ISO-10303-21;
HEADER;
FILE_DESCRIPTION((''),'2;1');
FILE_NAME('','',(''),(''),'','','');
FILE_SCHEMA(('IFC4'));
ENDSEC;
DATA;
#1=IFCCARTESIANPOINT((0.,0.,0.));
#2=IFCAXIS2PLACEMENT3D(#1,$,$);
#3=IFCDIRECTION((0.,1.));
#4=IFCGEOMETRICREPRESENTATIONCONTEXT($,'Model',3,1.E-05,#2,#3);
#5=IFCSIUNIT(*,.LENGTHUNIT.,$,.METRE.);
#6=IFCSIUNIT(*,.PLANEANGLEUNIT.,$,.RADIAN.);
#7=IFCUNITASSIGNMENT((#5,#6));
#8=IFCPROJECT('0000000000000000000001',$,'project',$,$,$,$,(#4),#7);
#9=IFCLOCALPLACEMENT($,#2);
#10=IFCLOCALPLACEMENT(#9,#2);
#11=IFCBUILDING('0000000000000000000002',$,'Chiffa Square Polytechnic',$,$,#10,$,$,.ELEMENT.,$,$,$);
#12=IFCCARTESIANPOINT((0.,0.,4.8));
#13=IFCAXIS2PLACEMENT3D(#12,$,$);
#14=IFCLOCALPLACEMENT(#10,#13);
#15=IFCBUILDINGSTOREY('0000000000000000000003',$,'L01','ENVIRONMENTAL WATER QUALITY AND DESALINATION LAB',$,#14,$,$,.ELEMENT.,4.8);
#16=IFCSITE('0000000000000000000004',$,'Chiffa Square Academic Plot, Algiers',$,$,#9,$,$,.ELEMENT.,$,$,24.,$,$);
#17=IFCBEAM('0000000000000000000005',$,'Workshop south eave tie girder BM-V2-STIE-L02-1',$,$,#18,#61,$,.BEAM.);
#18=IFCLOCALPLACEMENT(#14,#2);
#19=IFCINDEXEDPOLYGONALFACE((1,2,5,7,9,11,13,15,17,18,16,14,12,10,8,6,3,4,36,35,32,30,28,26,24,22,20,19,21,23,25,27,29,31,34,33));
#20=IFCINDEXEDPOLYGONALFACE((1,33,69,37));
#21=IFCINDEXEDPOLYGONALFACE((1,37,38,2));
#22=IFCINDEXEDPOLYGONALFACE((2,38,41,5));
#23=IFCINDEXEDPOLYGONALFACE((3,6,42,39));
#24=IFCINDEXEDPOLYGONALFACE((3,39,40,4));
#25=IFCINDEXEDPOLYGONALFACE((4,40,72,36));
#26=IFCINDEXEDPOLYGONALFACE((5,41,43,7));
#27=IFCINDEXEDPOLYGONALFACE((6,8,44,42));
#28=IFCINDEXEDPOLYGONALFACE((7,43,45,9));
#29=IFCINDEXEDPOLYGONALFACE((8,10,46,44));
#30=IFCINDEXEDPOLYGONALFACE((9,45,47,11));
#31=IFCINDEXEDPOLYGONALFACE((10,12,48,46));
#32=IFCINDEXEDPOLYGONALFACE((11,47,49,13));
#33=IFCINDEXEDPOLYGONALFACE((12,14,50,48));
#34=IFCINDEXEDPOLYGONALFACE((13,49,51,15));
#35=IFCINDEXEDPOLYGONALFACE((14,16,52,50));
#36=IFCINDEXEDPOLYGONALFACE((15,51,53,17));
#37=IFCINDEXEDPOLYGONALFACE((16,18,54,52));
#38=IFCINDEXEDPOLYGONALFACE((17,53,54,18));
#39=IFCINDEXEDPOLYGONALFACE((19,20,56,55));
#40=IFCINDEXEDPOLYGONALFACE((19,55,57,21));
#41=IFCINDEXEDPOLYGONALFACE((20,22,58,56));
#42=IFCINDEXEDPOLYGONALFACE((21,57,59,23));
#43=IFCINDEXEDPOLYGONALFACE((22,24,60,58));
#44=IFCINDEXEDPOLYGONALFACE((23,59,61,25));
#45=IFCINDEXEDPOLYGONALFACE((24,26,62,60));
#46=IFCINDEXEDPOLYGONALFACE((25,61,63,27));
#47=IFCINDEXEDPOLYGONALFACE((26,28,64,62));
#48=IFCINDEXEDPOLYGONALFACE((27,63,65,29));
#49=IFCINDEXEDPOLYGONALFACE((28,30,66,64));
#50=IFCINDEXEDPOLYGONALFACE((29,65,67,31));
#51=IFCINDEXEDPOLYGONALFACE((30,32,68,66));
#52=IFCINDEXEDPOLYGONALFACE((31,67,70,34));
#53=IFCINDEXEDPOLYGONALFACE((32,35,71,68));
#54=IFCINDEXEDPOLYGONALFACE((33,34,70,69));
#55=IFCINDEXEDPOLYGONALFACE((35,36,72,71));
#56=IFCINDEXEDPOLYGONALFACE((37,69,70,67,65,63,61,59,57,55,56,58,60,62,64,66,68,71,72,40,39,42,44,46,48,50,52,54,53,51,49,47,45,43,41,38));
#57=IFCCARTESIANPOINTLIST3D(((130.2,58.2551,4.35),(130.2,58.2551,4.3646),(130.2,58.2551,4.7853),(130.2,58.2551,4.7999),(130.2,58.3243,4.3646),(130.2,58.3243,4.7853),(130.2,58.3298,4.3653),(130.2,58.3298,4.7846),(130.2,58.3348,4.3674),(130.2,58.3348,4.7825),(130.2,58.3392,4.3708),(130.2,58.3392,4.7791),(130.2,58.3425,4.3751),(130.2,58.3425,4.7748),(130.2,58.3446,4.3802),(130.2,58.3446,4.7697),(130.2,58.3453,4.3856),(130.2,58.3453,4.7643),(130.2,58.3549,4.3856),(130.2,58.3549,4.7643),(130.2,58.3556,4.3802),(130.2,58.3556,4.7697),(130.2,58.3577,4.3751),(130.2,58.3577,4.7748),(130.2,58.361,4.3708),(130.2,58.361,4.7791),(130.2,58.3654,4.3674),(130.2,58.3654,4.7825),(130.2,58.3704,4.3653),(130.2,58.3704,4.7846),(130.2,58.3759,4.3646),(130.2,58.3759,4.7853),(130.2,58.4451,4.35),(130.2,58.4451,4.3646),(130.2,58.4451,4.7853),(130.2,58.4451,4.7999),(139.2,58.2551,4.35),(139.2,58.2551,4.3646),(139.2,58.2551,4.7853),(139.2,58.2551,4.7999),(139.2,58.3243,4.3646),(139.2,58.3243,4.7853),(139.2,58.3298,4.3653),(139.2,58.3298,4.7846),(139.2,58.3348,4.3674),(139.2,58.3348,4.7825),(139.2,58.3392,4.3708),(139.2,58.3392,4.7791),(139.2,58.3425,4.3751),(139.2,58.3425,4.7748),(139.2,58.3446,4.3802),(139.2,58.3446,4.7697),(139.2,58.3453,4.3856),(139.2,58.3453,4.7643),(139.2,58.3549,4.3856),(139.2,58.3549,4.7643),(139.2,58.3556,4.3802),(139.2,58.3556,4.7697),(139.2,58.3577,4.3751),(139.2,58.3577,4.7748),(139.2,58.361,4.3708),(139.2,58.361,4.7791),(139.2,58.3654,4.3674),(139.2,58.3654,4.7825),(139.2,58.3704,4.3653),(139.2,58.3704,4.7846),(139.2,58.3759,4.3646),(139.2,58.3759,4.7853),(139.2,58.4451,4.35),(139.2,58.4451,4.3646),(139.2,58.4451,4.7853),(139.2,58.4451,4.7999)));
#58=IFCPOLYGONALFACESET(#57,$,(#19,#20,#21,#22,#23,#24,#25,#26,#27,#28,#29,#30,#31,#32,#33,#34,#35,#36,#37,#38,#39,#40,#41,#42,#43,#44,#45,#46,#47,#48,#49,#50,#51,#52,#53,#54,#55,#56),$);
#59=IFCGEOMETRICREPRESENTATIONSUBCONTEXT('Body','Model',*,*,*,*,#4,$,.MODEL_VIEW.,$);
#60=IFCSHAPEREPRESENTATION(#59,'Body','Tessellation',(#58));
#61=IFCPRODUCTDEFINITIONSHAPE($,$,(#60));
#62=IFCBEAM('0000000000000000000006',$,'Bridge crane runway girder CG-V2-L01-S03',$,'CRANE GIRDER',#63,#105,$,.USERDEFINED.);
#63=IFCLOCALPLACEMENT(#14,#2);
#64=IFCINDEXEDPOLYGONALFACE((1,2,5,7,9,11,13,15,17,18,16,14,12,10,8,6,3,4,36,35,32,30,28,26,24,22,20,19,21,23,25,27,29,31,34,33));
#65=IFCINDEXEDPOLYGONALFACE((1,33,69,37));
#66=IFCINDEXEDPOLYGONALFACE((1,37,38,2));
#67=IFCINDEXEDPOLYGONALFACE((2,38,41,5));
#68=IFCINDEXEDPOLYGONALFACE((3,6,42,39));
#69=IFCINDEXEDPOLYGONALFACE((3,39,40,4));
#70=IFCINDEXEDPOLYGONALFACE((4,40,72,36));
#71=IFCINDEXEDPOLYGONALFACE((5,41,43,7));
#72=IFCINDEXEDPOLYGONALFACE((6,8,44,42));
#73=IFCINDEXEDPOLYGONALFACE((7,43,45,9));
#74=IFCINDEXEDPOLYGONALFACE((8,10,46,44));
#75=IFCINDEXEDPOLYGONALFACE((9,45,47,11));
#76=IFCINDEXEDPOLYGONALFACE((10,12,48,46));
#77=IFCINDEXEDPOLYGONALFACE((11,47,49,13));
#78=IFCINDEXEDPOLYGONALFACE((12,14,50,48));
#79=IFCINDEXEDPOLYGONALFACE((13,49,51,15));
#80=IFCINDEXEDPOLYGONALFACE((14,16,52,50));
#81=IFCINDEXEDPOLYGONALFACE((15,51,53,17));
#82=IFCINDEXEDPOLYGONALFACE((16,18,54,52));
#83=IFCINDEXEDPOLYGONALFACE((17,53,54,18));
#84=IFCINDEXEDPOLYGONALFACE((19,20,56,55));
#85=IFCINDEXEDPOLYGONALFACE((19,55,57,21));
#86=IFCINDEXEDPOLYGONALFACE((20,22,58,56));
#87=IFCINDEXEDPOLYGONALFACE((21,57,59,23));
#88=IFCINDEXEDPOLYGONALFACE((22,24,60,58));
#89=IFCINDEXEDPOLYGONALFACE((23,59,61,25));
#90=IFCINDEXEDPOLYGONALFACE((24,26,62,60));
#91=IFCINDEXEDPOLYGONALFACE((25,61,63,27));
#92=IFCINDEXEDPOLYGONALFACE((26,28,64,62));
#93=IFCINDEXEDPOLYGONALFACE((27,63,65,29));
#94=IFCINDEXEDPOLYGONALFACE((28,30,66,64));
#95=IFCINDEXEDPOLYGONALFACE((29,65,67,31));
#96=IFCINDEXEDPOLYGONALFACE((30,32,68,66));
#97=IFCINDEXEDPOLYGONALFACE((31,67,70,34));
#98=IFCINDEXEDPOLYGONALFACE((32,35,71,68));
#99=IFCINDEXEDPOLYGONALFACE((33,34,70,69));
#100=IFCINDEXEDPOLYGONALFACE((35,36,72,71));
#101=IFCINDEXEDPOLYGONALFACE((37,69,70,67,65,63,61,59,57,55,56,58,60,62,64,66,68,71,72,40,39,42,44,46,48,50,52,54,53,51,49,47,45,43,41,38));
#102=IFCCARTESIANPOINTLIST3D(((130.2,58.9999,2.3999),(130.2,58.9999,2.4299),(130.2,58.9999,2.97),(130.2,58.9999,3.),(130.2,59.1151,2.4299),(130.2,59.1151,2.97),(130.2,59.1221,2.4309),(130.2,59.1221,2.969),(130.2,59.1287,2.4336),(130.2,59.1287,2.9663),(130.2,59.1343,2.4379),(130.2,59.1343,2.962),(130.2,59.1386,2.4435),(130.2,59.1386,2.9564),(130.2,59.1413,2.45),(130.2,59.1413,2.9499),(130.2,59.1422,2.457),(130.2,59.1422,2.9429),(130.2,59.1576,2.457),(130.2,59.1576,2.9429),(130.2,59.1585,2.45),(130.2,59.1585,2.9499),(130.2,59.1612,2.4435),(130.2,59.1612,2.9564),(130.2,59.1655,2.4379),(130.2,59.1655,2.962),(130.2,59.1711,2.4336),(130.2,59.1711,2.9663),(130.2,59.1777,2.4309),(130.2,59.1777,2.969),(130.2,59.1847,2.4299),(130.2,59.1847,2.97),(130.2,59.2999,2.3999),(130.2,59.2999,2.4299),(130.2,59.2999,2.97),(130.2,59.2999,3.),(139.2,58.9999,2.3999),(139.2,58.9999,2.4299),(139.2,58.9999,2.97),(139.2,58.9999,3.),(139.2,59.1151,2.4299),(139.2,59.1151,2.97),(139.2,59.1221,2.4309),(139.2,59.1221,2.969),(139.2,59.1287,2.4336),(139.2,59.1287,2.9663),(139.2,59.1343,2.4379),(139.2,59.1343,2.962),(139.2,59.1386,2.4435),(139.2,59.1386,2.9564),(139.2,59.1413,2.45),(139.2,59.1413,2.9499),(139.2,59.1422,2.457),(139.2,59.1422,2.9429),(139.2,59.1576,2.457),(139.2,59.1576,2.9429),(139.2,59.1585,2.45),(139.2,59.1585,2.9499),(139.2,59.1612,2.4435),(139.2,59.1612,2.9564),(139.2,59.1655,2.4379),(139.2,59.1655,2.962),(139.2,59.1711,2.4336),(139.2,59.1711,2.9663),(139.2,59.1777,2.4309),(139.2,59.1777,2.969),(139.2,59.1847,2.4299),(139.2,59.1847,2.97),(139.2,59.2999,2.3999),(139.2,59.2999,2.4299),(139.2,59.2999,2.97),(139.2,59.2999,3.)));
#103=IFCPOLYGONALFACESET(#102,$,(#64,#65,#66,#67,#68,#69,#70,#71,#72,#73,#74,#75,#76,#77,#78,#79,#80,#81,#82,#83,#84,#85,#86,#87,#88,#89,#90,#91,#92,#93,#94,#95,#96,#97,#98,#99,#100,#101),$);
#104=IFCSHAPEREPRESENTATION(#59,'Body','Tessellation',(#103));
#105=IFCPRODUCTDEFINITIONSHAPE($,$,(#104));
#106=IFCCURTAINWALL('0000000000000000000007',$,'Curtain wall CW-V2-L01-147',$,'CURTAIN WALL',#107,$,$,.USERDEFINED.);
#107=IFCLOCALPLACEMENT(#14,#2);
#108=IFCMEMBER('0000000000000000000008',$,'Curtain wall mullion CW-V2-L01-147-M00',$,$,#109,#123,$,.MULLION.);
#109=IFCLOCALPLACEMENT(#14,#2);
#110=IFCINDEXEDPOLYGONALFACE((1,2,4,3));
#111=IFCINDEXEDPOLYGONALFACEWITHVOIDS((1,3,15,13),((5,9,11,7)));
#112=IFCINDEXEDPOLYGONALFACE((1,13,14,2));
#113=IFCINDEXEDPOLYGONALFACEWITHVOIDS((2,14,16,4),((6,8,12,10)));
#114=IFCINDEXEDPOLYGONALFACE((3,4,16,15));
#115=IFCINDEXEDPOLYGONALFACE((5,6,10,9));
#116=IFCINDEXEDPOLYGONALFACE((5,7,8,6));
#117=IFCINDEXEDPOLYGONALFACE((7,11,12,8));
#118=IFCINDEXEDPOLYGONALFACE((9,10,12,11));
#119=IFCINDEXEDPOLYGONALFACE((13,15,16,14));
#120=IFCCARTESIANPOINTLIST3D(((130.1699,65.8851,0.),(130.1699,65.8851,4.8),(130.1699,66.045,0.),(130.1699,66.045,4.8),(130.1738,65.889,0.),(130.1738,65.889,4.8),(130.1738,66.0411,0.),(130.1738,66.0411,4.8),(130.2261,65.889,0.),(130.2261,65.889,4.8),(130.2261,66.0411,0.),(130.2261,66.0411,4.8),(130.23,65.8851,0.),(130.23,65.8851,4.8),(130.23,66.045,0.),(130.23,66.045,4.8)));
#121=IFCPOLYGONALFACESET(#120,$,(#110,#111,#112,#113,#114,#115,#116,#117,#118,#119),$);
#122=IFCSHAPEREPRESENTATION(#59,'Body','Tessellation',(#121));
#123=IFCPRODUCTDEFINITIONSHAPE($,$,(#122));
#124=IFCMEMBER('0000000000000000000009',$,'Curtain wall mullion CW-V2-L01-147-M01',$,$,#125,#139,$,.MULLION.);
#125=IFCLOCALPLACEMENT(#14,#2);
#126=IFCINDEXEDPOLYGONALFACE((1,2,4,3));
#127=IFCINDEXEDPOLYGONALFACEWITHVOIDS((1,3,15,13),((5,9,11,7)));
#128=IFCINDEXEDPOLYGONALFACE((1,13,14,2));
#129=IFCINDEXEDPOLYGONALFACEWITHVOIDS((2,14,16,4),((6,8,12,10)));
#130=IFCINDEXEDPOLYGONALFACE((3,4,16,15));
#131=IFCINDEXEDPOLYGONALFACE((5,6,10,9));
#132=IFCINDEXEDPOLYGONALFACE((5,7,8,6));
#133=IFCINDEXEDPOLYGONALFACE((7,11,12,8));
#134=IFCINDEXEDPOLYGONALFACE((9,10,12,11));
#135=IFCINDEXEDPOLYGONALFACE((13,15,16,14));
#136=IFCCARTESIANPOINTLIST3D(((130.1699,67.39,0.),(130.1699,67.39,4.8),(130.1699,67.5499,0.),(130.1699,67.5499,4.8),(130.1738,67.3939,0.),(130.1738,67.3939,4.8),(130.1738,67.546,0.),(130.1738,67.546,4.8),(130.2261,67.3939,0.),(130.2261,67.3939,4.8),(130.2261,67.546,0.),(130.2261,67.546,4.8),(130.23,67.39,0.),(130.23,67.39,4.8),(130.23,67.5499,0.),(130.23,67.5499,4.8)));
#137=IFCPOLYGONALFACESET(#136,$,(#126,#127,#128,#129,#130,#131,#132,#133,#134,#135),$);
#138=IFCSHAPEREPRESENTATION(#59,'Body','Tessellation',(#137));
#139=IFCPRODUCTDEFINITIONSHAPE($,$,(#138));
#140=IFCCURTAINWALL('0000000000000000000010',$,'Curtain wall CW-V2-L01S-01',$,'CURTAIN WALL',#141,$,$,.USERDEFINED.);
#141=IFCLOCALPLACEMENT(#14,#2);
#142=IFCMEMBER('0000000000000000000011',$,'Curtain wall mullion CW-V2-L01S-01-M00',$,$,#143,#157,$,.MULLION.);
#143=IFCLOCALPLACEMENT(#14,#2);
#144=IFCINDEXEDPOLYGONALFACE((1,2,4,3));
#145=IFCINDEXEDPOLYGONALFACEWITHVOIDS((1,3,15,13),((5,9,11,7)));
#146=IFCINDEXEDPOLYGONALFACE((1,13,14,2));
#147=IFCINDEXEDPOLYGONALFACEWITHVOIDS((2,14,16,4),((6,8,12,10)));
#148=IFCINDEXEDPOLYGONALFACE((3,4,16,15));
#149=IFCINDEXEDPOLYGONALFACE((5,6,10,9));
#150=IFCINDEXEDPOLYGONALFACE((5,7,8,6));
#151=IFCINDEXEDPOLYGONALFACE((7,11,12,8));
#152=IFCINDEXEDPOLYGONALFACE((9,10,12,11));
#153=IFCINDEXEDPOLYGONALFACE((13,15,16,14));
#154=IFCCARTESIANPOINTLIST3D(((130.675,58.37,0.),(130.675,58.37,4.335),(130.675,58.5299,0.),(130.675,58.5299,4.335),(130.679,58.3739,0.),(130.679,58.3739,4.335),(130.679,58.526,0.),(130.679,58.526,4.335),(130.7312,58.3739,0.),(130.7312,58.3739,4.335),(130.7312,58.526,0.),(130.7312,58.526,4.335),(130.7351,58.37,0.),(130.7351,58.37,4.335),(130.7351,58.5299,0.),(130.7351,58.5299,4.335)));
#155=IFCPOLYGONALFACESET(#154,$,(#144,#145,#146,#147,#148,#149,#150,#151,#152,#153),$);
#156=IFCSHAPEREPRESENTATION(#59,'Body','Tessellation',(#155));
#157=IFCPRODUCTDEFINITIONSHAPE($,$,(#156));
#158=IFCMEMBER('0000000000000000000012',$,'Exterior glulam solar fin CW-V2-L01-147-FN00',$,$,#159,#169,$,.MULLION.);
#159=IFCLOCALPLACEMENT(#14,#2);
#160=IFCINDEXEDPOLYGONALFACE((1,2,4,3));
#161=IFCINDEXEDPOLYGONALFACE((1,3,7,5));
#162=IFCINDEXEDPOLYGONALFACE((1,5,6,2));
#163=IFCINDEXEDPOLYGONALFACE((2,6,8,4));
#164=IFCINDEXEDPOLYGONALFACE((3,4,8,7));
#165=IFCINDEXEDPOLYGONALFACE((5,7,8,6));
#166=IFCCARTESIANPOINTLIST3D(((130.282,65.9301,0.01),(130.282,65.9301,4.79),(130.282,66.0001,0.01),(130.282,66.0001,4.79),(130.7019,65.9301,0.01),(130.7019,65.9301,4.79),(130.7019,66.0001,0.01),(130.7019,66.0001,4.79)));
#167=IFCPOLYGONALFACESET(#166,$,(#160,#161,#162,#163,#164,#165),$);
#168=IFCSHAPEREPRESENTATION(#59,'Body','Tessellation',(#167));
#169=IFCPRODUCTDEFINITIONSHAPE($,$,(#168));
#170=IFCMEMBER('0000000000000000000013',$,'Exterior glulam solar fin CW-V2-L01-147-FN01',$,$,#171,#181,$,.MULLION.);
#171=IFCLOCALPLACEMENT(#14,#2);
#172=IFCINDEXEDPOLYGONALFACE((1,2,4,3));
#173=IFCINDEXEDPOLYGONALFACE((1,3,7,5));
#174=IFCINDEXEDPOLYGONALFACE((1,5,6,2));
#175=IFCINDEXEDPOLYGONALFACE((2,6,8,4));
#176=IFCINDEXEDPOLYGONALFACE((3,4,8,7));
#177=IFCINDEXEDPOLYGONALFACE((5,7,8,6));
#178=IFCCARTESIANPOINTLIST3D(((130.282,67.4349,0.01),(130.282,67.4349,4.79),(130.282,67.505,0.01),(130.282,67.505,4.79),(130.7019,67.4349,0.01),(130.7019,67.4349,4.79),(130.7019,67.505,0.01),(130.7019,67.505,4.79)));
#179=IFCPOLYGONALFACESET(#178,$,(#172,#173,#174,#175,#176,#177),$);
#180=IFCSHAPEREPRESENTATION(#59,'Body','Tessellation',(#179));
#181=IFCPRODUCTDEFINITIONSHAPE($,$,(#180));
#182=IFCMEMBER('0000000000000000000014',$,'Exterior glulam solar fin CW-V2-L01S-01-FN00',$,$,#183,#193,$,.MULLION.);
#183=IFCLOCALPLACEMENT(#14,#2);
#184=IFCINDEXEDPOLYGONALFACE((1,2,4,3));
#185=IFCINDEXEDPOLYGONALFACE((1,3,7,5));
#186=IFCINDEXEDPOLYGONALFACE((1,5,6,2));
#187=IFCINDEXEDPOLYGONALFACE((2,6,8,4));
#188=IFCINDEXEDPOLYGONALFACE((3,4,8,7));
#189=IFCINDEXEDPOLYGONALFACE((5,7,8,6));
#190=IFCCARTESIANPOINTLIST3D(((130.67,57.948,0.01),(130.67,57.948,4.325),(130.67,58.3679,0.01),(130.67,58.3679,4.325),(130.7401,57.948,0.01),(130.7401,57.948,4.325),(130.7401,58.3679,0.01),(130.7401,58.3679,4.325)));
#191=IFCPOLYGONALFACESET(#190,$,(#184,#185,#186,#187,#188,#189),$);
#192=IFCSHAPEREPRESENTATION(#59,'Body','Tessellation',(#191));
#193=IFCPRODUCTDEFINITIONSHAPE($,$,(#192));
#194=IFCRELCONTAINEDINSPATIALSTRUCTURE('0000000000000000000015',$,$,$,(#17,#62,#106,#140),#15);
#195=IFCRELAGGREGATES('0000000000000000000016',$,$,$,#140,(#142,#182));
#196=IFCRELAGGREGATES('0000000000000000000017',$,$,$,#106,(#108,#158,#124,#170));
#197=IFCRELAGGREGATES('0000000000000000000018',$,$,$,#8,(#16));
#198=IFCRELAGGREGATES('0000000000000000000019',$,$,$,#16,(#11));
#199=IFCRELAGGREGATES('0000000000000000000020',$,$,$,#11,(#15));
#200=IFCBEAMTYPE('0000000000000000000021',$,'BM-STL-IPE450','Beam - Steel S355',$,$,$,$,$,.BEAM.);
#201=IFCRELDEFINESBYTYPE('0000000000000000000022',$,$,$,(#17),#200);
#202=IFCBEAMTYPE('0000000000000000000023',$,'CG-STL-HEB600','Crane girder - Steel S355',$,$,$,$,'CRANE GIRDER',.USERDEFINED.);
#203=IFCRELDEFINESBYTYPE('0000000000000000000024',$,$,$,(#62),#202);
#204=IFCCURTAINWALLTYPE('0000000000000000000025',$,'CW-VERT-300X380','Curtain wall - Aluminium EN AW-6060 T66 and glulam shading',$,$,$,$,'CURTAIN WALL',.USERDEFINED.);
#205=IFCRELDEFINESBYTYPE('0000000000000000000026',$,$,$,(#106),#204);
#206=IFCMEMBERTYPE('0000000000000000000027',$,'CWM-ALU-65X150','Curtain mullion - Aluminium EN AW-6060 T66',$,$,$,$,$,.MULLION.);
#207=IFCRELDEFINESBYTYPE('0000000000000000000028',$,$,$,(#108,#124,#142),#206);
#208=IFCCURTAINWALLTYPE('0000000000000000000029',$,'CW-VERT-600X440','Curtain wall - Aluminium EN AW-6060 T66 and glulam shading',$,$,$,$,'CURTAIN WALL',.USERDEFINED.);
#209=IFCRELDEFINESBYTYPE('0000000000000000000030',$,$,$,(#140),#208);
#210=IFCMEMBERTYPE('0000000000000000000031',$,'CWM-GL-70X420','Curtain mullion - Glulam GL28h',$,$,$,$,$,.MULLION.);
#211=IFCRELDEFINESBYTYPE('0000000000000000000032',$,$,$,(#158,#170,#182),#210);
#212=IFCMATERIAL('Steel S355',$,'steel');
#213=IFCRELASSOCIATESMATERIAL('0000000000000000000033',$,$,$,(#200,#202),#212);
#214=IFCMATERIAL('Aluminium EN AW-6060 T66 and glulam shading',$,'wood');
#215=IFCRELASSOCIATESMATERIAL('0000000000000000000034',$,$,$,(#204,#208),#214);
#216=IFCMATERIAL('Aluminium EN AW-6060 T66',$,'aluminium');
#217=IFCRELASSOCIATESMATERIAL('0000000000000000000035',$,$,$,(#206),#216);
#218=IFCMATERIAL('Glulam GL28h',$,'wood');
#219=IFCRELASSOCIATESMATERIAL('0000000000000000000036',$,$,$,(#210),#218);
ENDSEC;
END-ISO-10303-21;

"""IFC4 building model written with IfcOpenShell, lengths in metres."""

from ifc_helpers import new_model, si_unit, direction, frame, origin, origin_2d, place, context, subcontext, project, spatial, rectangle, hollow_rectangle, i_section, extrude, material, material_profile, profile_set, type_object, element, aggregate, save


model = new_model("IFC4")

# Units and contexts
model_context = context("Model", 3, precision=1e-05, world=origin(), true_north=direction((0.0, 1.0)))
body_context = subcontext(model_context, "Body", "Model", "MODEL_VIEW")
ifc_project = project(units=[si_unit("LENGTHUNIT", "METRE"), si_unit("PLANEANGLEUNIT", "RADIAN")], contexts=[model_context])

# Site, building, storey
site_placement = place(None, origin())
site = spatial("IfcSite", under=ifc_project, at=site_placement, Name="Chiffa Square Academic Plot, Algiers", CompositionType="ELEMENT", RefElevation=24.0)
building_placement = place(site_placement, origin())
building = spatial("IfcBuilding", under=site, at=building_placement, Name="Chiffa Square Polytechnic", CompositionType="ELEMENT")
storey_placement = place(building_placement, frame((0.0, 0.0, 4.8)))
storey = spatial("IfcBuildingStorey", under=building, at=storey_placement, Name="L01", Description="ENVIRONMENTAL WATER QUALITY AND DESALINATION LAB", CompositionType="ELEMENT", Elevation=4.8)

# Shared definitions
ifc_material_1 = material(Name="Steel S355", Category="steel")

# Beams
ifc_material_profile_1 = material_profile(ifc_material_1, i_section(OverallWidth=0.1899, OverallDepth=0.45, WebThickness=0.0095, FlangeThickness=0.0146, FilletRadius=0.021, at=origin_2d()), Name="IPE 450")
ifc_profile_set_1 = profile_set([ifc_material_profile_1], Name="Steel S355")
beam_type_1 = type_object("IfcBeamType", Name="BM-STL-IPE450", Description="Beam - Steel S355", PredefinedType="BEAM", material=ifc_profile_set_1)
for number, where, z_axis, x_axis, name in (
    (1, (130.2, 58.3501, 4.575), (1.0, 0.0, 0.0), (0.0, 1.0, 0.0), "Workshop south eave tie girder BM-V2-STIE-L02-1"),
):
    element("IfcBeam", number, at=place(storey_placement, frame(where, z_axis=z_axis, x_axis=x_axis)), inside=storey, type_object=beam_type_1, Name=name, PredefinedType="BEAM", context=body_context, shape_type="SweptSolid", body=[
        extrude(i_section(OverallWidth=0.1899, OverallDepth=0.45, WebThickness=0.0095, FlangeThickness=0.0146, FilletRadius=0.021, at=origin_2d()), origin(), (0.0, 0.0, 1.0), 9.0),
    ])
ifc_material_profile_2 = material_profile(ifc_material_1, i_section(OverallWidth=0.3, OverallDepth=0.6001, WebThickness=0.0154, FlangeThickness=0.03, FilletRadius=0.0271, at=origin_2d()), Name="HEB 600")
ifc_profile_set_2 = profile_set([ifc_material_profile_2], Name="Steel S355")
beam_type_2 = type_object("IfcBeamType", Name="CG-STL-HEB600", Description="Crane girder - Steel S355", ElementType="CRANE GIRDER", PredefinedType="USERDEFINED", material=ifc_profile_set_2)
beam_1_placement = place(storey_placement, frame((130.2, 59.1499, 2.7), z_axis=(1.0, 0.0, 0.0), x_axis=(0.0, 1.0, 0.0)))
element("IfcBeam", 2, at=beam_1_placement, inside=storey, type_object=beam_type_2, Name="Bridge crane runway girder CG-V2-L01-S03", ObjectType="CRANE GIRDER", PredefinedType="USERDEFINED", context=body_context, shape_type="SweptSolid", body=[
    extrude(i_section(OverallWidth=0.3, OverallDepth=0.6001, WebThickness=0.0154, FlangeThickness=0.03, FilletRadius=0.0271, at=origin_2d()), origin(), (0.0, 0.0, 1.0), 9.0),
])

# Curtain wall, members
ifc_material_2 = material(Name="Aluminium EN AW-6060 T66 and glulam shading", Category="wood")
curtain_wall_type_1 = type_object("IfcCurtainWallType", Name="CW-VERT-300X380", Description="Curtain wall - Aluminium EN AW-6060 T66 and glulam shading", ElementType="CURTAIN WALL", PredefinedType="USERDEFINED", material=ifc_material_2)
curtain_wall_1_placement = place(storey_placement, origin())
curtain_wall_1 = element("IfcCurtainWall", 3, at=curtain_wall_1_placement, inside=storey, type_object=curtain_wall_type_1, Name="Curtain wall CW-V2-L01-147", ObjectType="CURTAIN WALL", PredefinedType="USERDEFINED")
ifc_material_3 = material(Name="Aluminium EN AW-6060 T66", Category="aluminium")
ifc_material_profile_3 = material_profile(ifc_material_3, hollow_rectangle(XDim=0.0601, YDim=0.1599, WallThickness=0.0039, at=origin_2d()), Name="ALU 60x160x4")
ifc_profile_set_3 = profile_set([ifc_material_profile_3], Name="Aluminium EN AW-6060 T66")
member_type_1 = type_object("IfcMemberType", Name="CWM-ALU-65X150", Description="Curtain mullion - Aluminium EN AW-6060 T66", PredefinedType="MULLION", material=ifc_profile_set_3)
member_1_placement = place(storey_placement, frame((130.2, 65.9651, 0.0), z_axis=(0.0, 0.0, 1.0), x_axis=(1.0, 0.0, 0.0)))
member_1 = element("IfcMember", 4, at=member_1_placement, type_object=member_type_1, Name="Curtain wall mullion CW-V2-L01-147-M00", PredefinedType="MULLION", context=body_context, shape_type="SweptSolid", body=[
    extrude(hollow_rectangle(XDim=0.0601, YDim=0.1599, WallThickness=0.0039, at=origin_2d()), origin(), (0.0, 0.0, 1.0), 4.8),
])
member_2_placement = place(storey_placement, frame((130.2, 67.47, 0.0), z_axis=(0.0, 0.0, 1.0), x_axis=(1.0, 0.0, 0.0)))
member_2 = element("IfcMember", 5, at=member_2_placement, type_object=member_type_1, Name="Curtain wall mullion CW-V2-L01-147-M01", PredefinedType="MULLION", context=body_context, shape_type="SweptSolid", body=[
    extrude(hollow_rectangle(XDim=0.0601, YDim=0.1599, WallThickness=0.0039, at=origin_2d()), origin(), (0.0, 0.0, 1.0), 4.8),
])

# Curtain wall, member
curtain_wall_type_2 = type_object("IfcCurtainWallType", Name="CW-VERT-600X440", Description="Curtain wall - Aluminium EN AW-6060 T66 and glulam shading", ElementType="CURTAIN WALL", PredefinedType="USERDEFINED", material=ifc_material_2)
curtain_wall_2_placement = place(storey_placement, origin())
curtain_wall_2 = element("IfcCurtainWall", 6, at=curtain_wall_2_placement, inside=storey, type_object=curtain_wall_type_2, Name="Curtain wall CW-V2-L01S-01", ObjectType="CURTAIN WALL", PredefinedType="USERDEFINED")
member_3_placement = place(storey_placement, frame((130.7051, 58.45, 0.0), z_axis=(0.0, 0.0, 1.0), x_axis=(1.0, 0.0, 0.0)))
member_3 = element("IfcMember", 7, at=member_3_placement, type_object=member_type_1, Name="Curtain wall mullion CW-V2-L01S-01-M00", PredefinedType="MULLION", context=body_context, shape_type="SweptSolid", body=[
    extrude(hollow_rectangle(XDim=0.0601, YDim=0.1599, WallThickness=0.0039, at=origin_2d()), origin(), (0.0, 0.0, 1.0), 4.335),
])

# Members
ifc_material_4 = material(Name="Glulam GL28h", Category="wood")
ifc_material_profile_4 = material_profile(ifc_material_4, rectangle(XDim=0.0701, YDim=0.4199, at=origin_2d()), Name="GL28h 70x420")
ifc_profile_set_4 = profile_set([ifc_material_profile_4], Name="Glulam GL28h")
member_type_2 = type_object("IfcMemberType", Name="CWM-GL-70X420", Description="Curtain mullion - Glulam GL28h", PredefinedType="MULLION", material=ifc_profile_set_4)
member_4_placement = place(storey_placement, frame((130.4919, 65.9651, 0.01), z_axis=(0.0, 0.0, 1.0), x_axis=(0.0, 1.0, 0.0)))
member_4 = element("IfcMember", 8, at=member_4_placement, type_object=member_type_2, Name="Exterior glulam solar fin CW-V2-L01-147-FN00", PredefinedType="MULLION", context=body_context, shape_type="SweptSolid", body=[
    extrude(rectangle(XDim=0.0701, YDim=0.4199, at=origin_2d()), origin(), (0.0, 0.0, 1.0), 4.78),
])
member_5_placement = place(storey_placement, frame((130.4919, 67.47, 0.01), z_axis=(0.0, 0.0, 1.0), x_axis=(0.0, 1.0, 0.0)))
member_5 = element("IfcMember", 9, at=member_5_placement, type_object=member_type_2, Name="Exterior glulam solar fin CW-V2-L01-147-FN01", PredefinedType="MULLION", context=body_context, shape_type="SweptSolid", body=[
    extrude(rectangle(XDim=0.0701, YDim=0.4199, at=origin_2d()), origin(), (0.0, 0.0, 1.0), 4.78),
])
member_6_placement = place(storey_placement, frame((130.7051, 58.158, 0.01), z_axis=(0.0, 0.0, 1.0), x_axis=(1.0, 0.0, 0.0)))
member_6 = element("IfcMember", 10, at=member_6_placement, type_object=member_type_2, Name="Exterior glulam solar fin CW-V2-L01S-01-FN00", PredefinedType="MULLION", context=body_context, shape_type="SweptSolid", body=[
    extrude(rectangle(XDim=0.0701, YDim=0.4199, at=origin_2d()), origin(), (0.0, 0.0, 1.0), 4.3149),
])
aggregate(curtain_wall_2, [member_3, member_6])

aggregate(curtain_wall_1, [member_1, member_4, member_2, member_5])

save(model, "model.ifc")
